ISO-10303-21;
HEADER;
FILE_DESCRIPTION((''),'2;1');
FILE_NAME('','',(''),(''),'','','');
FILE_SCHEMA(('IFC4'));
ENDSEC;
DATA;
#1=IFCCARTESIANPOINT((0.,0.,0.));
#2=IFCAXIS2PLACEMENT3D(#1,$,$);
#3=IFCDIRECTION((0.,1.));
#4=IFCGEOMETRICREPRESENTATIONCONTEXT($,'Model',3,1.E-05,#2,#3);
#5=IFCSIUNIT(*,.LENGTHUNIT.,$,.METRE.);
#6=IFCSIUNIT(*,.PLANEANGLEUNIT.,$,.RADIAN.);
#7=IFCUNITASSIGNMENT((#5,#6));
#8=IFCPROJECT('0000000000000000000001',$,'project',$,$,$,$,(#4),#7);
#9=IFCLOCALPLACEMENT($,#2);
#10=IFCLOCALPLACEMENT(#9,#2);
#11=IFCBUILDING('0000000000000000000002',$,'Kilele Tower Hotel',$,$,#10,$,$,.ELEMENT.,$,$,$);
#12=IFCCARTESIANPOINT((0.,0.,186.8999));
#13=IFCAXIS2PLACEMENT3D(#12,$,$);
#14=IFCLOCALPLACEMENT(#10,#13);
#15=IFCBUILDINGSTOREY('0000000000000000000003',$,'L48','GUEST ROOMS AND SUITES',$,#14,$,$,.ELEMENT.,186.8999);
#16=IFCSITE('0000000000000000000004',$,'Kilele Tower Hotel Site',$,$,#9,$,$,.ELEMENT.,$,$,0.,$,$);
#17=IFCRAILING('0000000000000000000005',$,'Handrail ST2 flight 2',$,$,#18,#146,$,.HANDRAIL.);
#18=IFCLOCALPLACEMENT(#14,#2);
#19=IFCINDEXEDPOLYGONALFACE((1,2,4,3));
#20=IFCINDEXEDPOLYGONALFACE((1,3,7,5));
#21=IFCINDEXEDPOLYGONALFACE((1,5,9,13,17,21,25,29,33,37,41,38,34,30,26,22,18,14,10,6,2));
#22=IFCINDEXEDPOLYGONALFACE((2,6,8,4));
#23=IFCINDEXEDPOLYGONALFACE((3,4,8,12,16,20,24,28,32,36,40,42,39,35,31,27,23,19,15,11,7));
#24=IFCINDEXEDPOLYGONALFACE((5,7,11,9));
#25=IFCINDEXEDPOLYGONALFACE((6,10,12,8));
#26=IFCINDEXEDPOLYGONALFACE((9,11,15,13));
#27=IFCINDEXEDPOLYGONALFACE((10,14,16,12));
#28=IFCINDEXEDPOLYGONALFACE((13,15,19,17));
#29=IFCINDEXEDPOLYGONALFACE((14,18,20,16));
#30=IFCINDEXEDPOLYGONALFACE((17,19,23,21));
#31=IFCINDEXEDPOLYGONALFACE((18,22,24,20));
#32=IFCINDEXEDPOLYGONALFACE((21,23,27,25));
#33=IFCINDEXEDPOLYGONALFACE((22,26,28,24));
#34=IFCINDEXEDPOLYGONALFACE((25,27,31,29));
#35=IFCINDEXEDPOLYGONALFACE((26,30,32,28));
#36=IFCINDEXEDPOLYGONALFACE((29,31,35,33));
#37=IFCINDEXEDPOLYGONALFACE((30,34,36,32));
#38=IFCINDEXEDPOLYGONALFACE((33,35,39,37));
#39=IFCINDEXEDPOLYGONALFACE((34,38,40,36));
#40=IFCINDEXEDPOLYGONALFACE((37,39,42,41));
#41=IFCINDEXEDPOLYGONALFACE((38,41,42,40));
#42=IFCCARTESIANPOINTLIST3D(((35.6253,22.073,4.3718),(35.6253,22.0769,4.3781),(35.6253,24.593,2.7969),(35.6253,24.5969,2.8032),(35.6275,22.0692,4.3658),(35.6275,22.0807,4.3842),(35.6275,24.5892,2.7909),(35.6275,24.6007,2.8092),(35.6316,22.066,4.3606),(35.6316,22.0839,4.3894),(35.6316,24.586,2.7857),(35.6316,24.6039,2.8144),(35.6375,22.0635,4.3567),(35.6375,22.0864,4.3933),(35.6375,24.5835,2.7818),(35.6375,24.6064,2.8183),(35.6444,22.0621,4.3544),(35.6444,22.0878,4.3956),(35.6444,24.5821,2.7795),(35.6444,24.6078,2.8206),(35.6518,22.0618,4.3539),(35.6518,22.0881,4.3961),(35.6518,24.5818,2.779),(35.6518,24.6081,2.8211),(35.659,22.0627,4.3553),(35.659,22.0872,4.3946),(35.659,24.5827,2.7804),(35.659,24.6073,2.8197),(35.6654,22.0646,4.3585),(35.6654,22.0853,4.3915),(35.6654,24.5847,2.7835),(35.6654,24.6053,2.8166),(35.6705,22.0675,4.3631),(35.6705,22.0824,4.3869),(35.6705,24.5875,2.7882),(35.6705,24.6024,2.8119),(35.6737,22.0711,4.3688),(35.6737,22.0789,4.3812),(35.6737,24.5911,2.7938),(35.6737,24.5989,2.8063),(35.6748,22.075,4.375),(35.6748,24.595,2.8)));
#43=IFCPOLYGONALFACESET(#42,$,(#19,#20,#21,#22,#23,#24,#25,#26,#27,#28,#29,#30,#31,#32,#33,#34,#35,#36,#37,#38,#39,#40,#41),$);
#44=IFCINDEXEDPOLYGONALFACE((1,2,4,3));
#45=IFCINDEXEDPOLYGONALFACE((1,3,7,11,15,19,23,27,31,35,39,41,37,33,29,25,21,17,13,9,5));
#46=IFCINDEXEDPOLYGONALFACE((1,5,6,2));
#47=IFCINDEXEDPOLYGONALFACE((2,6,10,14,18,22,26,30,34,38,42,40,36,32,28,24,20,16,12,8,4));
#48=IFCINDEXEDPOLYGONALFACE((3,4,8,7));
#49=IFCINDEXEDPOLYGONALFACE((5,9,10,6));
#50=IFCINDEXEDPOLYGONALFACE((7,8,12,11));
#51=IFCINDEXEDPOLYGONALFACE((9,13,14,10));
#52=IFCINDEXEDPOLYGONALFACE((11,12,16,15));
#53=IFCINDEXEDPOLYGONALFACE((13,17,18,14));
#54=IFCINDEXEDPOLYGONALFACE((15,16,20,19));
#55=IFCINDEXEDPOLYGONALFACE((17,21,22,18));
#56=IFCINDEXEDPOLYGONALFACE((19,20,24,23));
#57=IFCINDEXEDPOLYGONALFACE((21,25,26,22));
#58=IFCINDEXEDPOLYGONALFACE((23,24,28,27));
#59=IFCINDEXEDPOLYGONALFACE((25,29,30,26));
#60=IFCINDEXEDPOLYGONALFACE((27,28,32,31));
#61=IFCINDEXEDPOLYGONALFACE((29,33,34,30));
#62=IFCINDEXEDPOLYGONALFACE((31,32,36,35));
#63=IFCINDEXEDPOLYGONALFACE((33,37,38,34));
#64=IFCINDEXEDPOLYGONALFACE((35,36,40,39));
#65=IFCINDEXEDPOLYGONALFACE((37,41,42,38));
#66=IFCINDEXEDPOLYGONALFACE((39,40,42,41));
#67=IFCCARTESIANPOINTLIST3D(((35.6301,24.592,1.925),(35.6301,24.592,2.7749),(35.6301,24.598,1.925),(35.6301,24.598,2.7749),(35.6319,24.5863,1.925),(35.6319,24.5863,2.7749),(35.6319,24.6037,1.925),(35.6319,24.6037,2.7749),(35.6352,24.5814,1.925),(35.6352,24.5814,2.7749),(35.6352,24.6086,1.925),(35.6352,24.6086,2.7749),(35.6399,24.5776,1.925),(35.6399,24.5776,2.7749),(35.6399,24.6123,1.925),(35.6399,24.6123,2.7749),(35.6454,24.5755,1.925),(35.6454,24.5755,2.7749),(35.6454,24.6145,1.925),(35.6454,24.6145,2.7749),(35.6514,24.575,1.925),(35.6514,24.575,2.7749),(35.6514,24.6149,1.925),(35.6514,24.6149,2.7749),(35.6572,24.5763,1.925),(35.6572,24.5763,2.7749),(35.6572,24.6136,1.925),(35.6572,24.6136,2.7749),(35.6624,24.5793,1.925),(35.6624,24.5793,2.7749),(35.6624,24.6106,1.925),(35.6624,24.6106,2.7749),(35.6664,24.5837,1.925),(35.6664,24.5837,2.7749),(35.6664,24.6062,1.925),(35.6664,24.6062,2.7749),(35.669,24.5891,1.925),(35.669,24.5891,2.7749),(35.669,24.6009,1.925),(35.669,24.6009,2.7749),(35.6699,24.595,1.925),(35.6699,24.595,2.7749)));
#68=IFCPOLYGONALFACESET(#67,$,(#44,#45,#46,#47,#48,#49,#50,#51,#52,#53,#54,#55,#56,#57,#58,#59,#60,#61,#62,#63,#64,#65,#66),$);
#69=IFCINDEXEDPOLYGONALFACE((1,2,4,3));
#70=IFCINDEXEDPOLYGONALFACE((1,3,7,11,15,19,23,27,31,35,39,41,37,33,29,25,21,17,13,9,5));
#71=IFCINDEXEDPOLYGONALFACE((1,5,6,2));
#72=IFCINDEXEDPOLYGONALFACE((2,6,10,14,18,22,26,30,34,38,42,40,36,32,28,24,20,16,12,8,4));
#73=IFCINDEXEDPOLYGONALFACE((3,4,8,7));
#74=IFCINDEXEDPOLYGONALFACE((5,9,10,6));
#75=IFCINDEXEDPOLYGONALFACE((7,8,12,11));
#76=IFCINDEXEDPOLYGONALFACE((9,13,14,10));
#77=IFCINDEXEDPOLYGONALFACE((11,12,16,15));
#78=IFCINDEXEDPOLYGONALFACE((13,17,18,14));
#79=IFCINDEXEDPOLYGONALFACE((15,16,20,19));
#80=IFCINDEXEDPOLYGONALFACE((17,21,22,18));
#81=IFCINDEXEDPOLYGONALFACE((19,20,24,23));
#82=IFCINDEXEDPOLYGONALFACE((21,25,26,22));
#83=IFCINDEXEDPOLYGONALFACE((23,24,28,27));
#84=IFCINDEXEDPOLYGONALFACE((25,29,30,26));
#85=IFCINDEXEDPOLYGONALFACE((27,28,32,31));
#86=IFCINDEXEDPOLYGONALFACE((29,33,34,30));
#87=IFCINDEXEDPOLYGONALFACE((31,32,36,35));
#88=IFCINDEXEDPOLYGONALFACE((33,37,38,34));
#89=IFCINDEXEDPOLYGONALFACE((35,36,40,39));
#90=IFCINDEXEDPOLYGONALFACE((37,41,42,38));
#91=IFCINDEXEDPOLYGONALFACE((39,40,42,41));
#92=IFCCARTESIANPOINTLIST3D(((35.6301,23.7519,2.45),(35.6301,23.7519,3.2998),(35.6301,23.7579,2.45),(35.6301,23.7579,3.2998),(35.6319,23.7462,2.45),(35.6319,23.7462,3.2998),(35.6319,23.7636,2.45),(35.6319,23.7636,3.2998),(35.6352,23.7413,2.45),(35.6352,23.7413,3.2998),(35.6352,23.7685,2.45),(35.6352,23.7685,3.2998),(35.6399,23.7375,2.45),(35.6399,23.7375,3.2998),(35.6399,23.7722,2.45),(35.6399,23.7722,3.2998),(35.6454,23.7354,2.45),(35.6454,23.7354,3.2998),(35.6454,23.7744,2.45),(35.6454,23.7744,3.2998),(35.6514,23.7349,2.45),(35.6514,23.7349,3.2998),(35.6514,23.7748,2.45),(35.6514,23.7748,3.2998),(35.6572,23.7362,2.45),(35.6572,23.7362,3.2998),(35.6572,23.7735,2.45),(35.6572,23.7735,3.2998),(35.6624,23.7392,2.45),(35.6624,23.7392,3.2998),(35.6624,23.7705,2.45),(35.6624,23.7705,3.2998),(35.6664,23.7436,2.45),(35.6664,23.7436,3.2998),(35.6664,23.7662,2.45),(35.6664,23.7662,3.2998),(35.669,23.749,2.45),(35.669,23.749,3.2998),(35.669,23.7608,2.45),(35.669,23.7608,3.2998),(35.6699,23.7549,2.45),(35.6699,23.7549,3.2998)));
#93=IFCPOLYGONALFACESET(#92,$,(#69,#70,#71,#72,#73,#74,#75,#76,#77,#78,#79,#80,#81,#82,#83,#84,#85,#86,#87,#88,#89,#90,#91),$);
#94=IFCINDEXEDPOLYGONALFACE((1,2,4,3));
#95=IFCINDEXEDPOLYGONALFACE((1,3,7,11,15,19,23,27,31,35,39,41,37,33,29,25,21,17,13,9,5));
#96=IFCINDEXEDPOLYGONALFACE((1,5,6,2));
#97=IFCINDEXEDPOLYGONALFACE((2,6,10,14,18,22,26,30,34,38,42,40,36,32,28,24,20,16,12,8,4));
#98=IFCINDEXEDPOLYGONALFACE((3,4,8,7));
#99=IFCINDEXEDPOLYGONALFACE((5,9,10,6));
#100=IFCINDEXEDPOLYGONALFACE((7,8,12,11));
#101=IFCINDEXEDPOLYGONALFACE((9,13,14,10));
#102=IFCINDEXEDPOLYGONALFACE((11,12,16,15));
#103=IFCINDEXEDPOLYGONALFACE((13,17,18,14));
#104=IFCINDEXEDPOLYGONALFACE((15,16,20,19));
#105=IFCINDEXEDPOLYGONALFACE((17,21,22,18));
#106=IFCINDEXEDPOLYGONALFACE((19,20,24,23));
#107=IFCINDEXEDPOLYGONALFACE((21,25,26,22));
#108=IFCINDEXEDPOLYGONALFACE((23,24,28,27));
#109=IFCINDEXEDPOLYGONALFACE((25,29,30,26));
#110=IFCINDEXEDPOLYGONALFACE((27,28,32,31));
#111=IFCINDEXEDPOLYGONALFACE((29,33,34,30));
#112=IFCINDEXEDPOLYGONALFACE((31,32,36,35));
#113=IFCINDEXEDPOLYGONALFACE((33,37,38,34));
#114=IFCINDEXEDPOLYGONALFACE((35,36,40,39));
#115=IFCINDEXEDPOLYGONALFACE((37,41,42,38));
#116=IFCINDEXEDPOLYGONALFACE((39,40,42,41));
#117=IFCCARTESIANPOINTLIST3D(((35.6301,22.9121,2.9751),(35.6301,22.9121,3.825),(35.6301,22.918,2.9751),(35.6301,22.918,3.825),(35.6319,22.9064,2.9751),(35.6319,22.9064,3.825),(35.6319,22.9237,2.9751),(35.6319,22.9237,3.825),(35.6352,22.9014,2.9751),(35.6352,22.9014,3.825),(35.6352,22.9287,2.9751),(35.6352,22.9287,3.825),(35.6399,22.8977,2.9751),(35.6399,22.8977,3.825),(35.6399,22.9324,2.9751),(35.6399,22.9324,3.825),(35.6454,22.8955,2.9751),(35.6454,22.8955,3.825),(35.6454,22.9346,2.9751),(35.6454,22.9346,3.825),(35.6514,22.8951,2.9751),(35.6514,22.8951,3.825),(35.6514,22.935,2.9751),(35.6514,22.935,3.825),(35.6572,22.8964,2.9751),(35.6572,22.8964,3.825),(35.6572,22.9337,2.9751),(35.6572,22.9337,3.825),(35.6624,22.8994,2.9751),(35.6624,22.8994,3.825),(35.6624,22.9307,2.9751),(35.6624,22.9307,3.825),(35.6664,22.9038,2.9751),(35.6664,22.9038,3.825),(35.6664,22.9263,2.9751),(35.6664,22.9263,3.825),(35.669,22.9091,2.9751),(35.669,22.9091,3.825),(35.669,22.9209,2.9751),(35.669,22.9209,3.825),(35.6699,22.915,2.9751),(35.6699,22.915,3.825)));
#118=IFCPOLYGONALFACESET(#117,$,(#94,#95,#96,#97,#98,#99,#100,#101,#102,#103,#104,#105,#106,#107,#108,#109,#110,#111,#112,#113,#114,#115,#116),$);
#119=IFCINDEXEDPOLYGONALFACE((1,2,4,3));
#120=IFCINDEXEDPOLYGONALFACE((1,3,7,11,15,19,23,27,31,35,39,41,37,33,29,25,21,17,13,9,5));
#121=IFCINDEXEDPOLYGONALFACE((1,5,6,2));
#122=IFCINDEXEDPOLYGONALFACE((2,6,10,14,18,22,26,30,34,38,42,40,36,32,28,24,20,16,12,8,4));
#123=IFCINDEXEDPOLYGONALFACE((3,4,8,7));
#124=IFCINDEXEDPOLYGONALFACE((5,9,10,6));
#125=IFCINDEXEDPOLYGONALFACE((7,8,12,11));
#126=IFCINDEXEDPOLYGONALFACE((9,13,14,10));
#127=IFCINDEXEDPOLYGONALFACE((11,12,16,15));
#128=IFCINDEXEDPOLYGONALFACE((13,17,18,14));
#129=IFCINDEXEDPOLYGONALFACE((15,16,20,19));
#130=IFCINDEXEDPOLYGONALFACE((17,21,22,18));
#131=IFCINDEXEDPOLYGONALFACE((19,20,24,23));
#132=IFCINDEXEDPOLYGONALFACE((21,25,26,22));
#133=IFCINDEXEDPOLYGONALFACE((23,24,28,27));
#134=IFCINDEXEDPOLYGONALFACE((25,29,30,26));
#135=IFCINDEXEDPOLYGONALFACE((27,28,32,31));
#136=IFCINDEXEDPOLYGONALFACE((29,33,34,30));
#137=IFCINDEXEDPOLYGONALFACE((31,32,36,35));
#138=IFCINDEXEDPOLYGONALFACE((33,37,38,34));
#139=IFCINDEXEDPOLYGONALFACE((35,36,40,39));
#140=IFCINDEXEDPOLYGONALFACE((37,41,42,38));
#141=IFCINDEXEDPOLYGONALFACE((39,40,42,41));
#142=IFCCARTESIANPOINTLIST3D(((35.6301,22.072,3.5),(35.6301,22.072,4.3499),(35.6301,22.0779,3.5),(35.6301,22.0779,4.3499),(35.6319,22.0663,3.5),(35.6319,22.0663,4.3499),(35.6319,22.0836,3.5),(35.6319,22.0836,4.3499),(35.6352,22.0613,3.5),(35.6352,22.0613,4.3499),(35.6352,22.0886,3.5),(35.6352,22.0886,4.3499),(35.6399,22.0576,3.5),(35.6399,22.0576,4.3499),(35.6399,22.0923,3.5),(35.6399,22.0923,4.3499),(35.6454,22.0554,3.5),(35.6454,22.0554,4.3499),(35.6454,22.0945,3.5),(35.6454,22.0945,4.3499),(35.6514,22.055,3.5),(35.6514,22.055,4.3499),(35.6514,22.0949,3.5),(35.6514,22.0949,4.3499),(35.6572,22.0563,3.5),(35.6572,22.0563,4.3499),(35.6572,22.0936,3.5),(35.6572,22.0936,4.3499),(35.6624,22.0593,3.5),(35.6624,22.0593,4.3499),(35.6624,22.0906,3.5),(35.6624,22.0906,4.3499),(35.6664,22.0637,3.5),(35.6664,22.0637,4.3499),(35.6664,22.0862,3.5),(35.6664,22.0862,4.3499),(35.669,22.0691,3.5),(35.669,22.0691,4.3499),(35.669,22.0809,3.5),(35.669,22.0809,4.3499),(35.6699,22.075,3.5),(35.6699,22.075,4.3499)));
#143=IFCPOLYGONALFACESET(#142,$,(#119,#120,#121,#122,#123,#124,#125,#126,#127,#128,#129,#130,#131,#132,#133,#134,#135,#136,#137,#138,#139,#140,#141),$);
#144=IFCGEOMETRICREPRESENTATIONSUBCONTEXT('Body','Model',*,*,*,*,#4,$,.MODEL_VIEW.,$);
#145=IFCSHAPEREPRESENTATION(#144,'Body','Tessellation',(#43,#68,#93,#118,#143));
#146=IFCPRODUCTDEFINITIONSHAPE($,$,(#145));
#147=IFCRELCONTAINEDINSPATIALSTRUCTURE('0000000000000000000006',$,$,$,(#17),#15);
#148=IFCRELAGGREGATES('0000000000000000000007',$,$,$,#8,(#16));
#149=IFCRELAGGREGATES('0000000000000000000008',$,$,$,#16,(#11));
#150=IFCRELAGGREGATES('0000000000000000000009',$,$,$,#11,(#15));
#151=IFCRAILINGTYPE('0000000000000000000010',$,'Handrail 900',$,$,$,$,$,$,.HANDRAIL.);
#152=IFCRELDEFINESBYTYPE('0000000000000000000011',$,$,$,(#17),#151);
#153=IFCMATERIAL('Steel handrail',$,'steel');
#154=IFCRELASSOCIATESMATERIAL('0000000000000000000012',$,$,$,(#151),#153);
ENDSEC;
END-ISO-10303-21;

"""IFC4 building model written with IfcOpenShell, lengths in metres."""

from ifc_helpers import new_model, si_unit, direction, frame, origin, origin_2d, place, context, subcontext, project, spatial, circle, extrude, material, type_object, element, save


model = new_model("IFC4")

# Units and contexts
model_context = context("Model", 3, precision=1e-05, world=origin(), true_north=direction((0.0, 1.0)))
body_context = subcontext(model_context, "Body", "Model", "MODEL_VIEW")
ifc_project = project(units=[si_unit("LENGTHUNIT", "METRE"), si_unit("PLANEANGLEUNIT", "RADIAN")], contexts=[model_context])

# Site, building, storey
site_placement = place(None, origin())
site = spatial("IfcSite", under=ifc_project, at=site_placement, Name="Kilele Tower Hotel Site", CompositionType="ELEMENT", RefElevation=0.0)
building_placement = place(site_placement, origin())
building = spatial("IfcBuilding", under=site, at=building_placement, Name="Kilele Tower Hotel", CompositionType="ELEMENT")
storey_placement = place(building_placement, frame((0.0, 0.0, 186.8999)))
storey = spatial("IfcBuildingStorey", under=building, at=storey_placement, Name="L48", Description="GUEST ROOMS AND SUITES", CompositionType="ELEMENT", Elevation=186.8999)

# Railing
ifc_material_1 = material(Name="Steel handrail", Category="steel")
railing_type_1 = type_object("IfcRailingType", Name="Handrail 900", PredefinedType="HANDRAIL", material=ifc_material_1)
for number, where, name in (
    (1, (35.6499, 24.595, 1.925), "Handrail ST2 flight 2"),
):
    element("IfcRailing", number, at=place(storey_placement, frame(where)), inside=storey, type_object=railing_type_1, Name=name, PredefinedType="HANDRAIL", context=body_context, shape_type="SweptSolid", body=[
        extrude(circle(Radius=0.0249, at=origin_2d()), frame((0.0, 0.0, 0.875), z_axis=(0.0, -0.848008, 0.529984), x_axis=(1.0, 0.0, 0.0)), (0.0, 0.0, 1.0), 2.9717),
        extrude(circle(Radius=0.02, at=origin_2d()), origin(), (0.0, 0.0, 1.0), 0.8499),
        extrude(circle(Radius=0.02, at=origin_2d()), frame((0.0, -0.8401, 0.5249)), (0.0, 0.0, 1.0), 0.8499),
        extrude(circle(Radius=0.02, at=origin_2d()), frame((0.0, -1.6799, 1.05)), (0.0, 0.0, 1.0), 0.8499),
        extrude(circle(Radius=0.02, at=origin_2d()), frame((0.0, -2.52, 1.575)), (0.0, 0.0, 1.0), 0.8499),
    ])

save(model, "model.ifc")
